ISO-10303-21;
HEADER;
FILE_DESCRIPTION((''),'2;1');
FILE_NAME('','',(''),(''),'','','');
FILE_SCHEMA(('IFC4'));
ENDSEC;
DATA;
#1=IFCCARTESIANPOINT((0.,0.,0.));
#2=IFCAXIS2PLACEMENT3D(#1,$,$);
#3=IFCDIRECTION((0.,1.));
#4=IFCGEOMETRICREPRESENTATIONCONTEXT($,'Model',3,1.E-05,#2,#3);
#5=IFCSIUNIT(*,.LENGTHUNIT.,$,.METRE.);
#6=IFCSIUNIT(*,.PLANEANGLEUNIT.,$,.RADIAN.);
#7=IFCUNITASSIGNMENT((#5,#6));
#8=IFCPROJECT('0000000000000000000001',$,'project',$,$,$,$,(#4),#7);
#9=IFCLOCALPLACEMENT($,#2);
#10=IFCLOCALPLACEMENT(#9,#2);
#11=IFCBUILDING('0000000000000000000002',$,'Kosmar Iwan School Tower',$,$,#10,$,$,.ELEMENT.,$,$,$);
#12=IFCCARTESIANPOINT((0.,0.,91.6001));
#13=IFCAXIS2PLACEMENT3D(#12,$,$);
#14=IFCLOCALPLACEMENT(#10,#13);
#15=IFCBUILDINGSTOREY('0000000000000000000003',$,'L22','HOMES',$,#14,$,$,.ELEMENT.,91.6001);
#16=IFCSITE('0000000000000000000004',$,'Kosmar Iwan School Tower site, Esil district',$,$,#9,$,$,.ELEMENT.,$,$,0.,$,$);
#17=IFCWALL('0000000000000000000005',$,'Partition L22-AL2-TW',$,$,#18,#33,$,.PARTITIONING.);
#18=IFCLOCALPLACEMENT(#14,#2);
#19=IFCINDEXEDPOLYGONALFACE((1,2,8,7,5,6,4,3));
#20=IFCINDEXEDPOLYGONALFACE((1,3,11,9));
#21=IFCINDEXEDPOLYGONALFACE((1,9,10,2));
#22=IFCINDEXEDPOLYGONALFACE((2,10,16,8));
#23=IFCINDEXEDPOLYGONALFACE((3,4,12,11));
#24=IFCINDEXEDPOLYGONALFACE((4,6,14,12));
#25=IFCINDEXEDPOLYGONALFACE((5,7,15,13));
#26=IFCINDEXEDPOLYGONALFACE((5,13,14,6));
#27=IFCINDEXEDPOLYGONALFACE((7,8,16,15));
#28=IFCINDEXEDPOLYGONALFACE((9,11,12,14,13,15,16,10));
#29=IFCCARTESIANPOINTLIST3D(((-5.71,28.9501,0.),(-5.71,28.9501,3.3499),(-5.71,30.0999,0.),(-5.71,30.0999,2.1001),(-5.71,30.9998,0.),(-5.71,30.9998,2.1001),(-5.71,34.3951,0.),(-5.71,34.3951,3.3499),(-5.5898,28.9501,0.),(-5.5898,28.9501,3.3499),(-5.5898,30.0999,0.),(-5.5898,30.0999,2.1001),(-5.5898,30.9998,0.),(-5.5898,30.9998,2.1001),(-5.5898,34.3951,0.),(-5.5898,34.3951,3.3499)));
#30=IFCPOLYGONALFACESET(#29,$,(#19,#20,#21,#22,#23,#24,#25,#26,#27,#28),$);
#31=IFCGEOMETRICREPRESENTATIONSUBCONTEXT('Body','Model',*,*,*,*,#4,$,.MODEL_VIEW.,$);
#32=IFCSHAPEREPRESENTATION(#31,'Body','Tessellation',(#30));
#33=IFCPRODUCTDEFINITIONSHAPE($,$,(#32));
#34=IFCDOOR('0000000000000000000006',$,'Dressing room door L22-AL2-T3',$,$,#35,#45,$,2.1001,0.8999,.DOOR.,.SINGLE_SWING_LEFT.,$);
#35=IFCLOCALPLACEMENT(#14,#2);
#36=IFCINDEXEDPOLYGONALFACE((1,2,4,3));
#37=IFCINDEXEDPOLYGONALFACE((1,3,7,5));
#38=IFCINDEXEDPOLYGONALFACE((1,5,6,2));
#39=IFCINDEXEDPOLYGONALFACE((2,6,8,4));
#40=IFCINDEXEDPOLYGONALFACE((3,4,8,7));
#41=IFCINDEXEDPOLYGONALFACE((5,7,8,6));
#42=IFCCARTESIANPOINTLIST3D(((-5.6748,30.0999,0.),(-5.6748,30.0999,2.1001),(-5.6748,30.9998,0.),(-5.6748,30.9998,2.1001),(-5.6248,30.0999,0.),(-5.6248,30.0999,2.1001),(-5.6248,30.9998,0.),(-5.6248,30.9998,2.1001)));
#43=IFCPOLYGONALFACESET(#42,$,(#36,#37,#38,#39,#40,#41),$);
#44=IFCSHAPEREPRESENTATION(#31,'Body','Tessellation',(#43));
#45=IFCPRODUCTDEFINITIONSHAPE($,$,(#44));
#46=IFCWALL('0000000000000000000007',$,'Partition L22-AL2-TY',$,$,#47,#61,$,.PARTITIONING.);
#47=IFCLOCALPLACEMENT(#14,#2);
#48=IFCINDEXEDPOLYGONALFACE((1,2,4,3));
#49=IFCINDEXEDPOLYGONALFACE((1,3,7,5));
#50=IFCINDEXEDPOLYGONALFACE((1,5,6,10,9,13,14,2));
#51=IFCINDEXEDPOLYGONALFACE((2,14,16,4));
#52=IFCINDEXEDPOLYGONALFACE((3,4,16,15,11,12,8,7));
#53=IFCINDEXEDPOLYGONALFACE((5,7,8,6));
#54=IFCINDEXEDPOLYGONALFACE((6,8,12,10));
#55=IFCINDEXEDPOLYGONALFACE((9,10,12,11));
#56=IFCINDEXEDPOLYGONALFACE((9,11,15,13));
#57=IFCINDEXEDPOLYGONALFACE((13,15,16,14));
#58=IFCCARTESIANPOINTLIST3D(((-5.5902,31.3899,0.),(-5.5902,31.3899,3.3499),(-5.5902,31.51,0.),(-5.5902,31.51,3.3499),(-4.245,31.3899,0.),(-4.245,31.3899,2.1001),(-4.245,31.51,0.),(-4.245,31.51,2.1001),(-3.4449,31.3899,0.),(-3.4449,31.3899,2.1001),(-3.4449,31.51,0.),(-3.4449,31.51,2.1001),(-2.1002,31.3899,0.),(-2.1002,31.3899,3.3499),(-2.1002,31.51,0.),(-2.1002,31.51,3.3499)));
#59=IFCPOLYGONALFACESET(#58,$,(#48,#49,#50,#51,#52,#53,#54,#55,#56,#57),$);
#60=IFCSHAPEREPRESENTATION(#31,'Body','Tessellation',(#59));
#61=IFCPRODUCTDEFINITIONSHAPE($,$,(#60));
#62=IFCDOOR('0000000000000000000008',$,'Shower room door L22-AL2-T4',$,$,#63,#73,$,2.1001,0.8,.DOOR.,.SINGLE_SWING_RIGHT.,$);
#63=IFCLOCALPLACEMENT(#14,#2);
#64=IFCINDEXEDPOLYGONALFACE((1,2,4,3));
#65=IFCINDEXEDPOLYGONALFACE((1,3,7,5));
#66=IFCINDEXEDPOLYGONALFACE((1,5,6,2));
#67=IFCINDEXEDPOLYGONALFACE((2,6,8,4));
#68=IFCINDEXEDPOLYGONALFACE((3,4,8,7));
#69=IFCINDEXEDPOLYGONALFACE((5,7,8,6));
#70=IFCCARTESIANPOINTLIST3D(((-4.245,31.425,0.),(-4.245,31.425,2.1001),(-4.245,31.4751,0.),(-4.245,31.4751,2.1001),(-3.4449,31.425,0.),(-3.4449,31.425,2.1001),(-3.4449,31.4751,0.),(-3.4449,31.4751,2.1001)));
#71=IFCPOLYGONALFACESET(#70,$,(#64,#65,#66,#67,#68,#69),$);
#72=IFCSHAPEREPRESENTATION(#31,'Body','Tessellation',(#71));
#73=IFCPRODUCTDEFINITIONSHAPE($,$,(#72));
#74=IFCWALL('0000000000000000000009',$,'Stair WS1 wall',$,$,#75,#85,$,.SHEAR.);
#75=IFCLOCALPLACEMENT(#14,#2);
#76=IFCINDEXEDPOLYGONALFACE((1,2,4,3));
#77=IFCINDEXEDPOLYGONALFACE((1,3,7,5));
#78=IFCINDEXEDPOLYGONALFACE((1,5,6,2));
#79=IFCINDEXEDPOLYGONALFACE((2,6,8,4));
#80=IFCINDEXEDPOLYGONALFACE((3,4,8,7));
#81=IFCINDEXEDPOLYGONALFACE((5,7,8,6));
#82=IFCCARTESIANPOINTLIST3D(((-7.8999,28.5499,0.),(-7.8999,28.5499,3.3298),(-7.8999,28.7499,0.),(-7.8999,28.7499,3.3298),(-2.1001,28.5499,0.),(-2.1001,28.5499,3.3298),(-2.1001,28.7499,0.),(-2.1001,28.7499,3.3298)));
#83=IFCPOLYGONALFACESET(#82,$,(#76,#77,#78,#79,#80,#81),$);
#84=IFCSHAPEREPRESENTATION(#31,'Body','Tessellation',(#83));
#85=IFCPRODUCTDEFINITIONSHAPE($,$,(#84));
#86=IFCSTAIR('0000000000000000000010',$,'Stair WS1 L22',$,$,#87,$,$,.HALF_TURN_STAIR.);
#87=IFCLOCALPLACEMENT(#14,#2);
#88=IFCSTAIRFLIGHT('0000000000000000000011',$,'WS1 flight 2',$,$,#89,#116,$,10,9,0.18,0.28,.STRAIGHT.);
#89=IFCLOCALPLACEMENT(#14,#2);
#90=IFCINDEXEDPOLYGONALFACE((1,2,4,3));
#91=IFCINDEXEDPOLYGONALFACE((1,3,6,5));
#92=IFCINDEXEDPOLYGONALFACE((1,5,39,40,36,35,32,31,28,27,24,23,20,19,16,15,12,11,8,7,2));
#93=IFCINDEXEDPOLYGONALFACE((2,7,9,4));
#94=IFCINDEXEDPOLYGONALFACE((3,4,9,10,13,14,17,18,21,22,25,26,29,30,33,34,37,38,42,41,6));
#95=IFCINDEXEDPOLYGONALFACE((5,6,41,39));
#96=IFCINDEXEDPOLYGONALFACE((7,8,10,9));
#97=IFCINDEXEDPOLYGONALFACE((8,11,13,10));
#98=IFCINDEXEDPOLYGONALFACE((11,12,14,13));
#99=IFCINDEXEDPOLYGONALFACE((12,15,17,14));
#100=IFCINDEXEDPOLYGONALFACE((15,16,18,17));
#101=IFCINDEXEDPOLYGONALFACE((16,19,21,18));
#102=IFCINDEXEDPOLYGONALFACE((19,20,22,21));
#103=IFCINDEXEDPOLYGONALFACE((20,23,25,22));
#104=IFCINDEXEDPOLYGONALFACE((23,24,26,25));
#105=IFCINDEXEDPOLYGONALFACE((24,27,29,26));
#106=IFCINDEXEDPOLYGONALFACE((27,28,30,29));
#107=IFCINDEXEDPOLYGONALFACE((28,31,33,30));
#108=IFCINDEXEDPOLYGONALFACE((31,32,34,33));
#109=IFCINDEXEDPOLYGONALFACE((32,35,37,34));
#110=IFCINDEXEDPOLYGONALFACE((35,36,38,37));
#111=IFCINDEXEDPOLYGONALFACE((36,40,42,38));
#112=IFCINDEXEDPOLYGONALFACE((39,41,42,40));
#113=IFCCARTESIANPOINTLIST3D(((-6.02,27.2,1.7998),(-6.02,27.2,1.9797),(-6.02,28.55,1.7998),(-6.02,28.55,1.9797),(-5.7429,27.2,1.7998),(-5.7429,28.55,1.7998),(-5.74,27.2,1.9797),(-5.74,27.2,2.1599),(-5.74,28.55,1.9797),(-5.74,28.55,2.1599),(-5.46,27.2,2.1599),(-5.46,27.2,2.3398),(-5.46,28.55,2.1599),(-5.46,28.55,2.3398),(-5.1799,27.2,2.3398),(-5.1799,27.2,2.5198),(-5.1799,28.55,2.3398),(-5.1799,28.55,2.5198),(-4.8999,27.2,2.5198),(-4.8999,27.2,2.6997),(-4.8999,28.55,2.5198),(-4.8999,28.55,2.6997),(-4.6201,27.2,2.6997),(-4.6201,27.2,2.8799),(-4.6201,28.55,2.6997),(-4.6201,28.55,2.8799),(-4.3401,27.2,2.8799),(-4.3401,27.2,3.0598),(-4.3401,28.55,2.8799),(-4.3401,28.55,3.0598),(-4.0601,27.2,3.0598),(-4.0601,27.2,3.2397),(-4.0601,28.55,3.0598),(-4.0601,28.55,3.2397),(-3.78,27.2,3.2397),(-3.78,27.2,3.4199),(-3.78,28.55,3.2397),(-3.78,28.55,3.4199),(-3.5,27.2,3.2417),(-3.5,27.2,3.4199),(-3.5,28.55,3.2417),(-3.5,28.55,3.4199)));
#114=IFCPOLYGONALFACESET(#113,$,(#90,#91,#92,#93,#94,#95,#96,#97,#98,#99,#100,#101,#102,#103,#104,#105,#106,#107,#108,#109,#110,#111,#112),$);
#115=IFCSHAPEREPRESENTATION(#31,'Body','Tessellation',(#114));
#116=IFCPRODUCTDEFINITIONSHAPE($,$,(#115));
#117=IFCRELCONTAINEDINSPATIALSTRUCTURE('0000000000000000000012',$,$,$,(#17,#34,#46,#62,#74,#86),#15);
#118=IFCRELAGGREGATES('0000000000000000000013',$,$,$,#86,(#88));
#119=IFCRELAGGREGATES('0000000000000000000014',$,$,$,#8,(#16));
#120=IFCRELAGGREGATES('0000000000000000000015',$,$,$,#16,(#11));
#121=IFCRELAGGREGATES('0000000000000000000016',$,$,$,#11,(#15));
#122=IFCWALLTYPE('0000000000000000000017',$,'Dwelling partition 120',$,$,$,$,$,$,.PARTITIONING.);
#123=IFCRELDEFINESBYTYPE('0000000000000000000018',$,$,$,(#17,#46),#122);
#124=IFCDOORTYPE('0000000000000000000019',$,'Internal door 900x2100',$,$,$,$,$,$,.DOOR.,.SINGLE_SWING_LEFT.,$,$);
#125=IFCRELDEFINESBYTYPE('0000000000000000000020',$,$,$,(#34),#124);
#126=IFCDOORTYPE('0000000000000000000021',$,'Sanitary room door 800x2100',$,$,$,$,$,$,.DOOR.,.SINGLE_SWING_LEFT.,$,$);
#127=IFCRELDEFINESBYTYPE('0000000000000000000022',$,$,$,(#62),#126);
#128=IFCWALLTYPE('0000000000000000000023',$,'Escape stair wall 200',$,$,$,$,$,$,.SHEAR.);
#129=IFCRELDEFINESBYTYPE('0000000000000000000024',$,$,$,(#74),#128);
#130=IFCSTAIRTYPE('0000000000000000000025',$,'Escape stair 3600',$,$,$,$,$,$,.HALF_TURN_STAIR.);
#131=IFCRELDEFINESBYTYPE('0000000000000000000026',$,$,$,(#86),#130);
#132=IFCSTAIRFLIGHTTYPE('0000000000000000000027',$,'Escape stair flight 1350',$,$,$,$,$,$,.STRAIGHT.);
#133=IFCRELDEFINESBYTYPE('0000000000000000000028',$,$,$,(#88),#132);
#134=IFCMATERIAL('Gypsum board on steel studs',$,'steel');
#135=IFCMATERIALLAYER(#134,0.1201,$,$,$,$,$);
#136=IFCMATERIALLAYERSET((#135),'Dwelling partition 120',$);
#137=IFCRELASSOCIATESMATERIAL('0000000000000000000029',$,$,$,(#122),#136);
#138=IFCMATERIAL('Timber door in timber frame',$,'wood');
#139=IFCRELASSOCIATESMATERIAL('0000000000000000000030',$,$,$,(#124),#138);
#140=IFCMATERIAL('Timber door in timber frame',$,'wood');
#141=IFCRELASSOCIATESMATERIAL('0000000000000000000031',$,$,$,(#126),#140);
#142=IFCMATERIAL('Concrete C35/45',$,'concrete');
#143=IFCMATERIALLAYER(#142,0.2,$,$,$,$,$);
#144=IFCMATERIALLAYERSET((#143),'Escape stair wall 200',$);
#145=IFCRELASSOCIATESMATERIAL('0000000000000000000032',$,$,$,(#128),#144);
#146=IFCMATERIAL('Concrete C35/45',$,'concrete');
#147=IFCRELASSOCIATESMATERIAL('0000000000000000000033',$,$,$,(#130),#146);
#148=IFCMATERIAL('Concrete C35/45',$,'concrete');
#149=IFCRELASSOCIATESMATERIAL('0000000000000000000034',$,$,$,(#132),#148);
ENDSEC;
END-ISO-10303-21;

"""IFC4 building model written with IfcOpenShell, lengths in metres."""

from ifc_helpers import new_model, si_unit, direction, frame, frame_2d, origin, place, context, subcontext, project, spatial, polyline, rectangle, outline, extrude, material, layer, layer_set, type_object, element, fill, aggregate, save


model = new_model("IFC4")

# Units and contexts
model_context = context("Model", 3, precision=1e-05, world=origin(), true_north=direction((0.0, 1.0)))
body_context = subcontext(model_context, "Body", "Model", "MODEL_VIEW")
ifc_project = project(units=[si_unit("LENGTHUNIT", "METRE"), si_unit("PLANEANGLEUNIT", "RADIAN")], contexts=[model_context])

# Site, building, storey
site_placement = place(None, origin())
site = spatial("IfcSite", under=ifc_project, at=site_placement, Name="Kosmar Iwan School Tower site, Esil district", CompositionType="ELEMENT", RefElevation=0.0)
building_placement = place(site_placement, origin())
building = spatial("IfcBuilding", under=site, at=building_placement, Name="Kosmar Iwan School Tower", CompositionType="ELEMENT")
storey_placement = place(building_placement, frame((0.0, 0.0, 91.6001)))
storey = spatial("IfcBuildingStorey", under=building, at=storey_placement, Name="L22", Description="HOMES", CompositionType="ELEMENT", Elevation=91.6001)

# Walls, openings, doors
ifc_material_1 = material(Name="Gypsum board on steel studs", Category="steel")
ifc_layer_1 = layer(ifc_material_1, 0.1201)
ifc_layer_set_1 = layer_set([ifc_layer_1], Name="Dwelling partition 120")
wall_type_1 = type_object("IfcWallType", Name="Dwelling partition 120", PredefinedType="PARTITIONING", material=ifc_layer_set_1)
ifc_material_2 = material(Name="Timber door in timber frame", Category="wood")
door_type_1 = type_object("IfcDoorType", Name="Internal door 900x2100", OperationType="SINGLE_SWING_LEFT", PredefinedType="DOOR", material=ifc_material_2)
wall_1_placement = place(storey_placement, frame((-5.6499, 28.95, 0.0), z_axis=(0.0, 0.0, 1.0), x_axis=(0.0, 1.0, 0.0)))
wall_1 = element("IfcWall", 1, at=wall_1_placement, inside=storey, type_object=wall_type_1, Name="Partition L22-AL2-TW", PredefinedType="PARTITIONING", context=body_context, shape_type="SweptSolid", body=[
    extrude(rectangle(XDim=5.4451, YDim=0.1201, at=frame_2d((2.7227, 0.0))), origin(), (0.0, 0.0, 1.0), 3.3499),
])
opening_1_placement = place(wall_1_placement, frame((1.1499, 0.0, 0.0)))
opening_1 = element("IfcOpeningElement", 2, at=opening_1_placement, cuts=wall_1, PredefinedType="OPENING", context=body_context, shape_type="SweptSolid", body=[
    extrude(rectangle(XDim=0.8999, YDim=2.1001, at=frame_2d((0.45, 1.05))), frame((0.0, 0.072, 0.0), z_axis=(0.0, -1.0, 0.0), x_axis=(1.0, 0.0, 0.0)), (0.0, 0.0, 1.0), 0.144),
])
door_1_placement = place(opening_1_placement, origin())
door_1 = element("IfcDoor", 3, at=door_1_placement, inside=storey, type_object=door_type_1, Name="Dressing room door L22-AL2-T3", OperationType="SINGLE_SWING_LEFT", OverallHeight=2.1001, OverallWidth=0.8999, PredefinedType="DOOR", context=body_context, shape_type="SweptSolid", body=[
    extrude(rectangle(XDim=0.8999, YDim=2.1001, at=frame_2d((0.45, 1.05))), frame((0.0, 0.0249, 0.0), z_axis=(0.0, -1.0, 0.0), x_axis=(1.0, 0.0, 0.0)), (0.0, 0.0, 1.0), 0.05),
])
fill(opening_1, door_1)
wall_2_placement = place(storey_placement, frame((-2.1001, 31.45, 0.0), z_axis=(0.0, 0.0, 1.0), x_axis=(-1.0, 0.0, 0.0)))
wall_2 = element("IfcWall", 4, at=wall_2_placement, inside=storey, type_object=wall_type_1, Name="Partition L22-AL2-TY", PredefinedType="PARTITIONING", context=body_context, shape_type="SweptSolid", body=[
    extrude(rectangle(XDim=3.49, YDim=0.1201, at=frame_2d((1.7451, 0.0))), origin(), (0.0, 0.0, 1.0), 3.3499),
])
opening_2_placement = place(wall_2_placement, frame((1.345, 0.0, 0.0)))
opening_2 = element("IfcOpeningElement", 5, at=opening_2_placement, cuts=wall_2, PredefinedType="OPENING", context=body_context, shape_type="SweptSolid", body=[
    extrude(rectangle(XDim=0.8, YDim=2.1001, at=frame_2d((0.3999, 1.05))), frame((0.0, 0.072, 0.0), z_axis=(0.0, -1.0, 0.0), x_axis=(1.0, 0.0, 0.0)), (0.0, 0.0, 1.0), 0.144),
])
ifc_material_3 = material(Name="Timber door in timber frame", Category="wood")
door_type_2 = type_object("IfcDoorType", Name="Sanitary room door 800x2100", OperationType="SINGLE_SWING_LEFT", PredefinedType="DOOR", material=ifc_material_3)
door_2_placement = place(opening_2_placement, origin())
door_2 = element("IfcDoor", 6, at=door_2_placement, inside=storey, type_object=door_type_2, Name="Shower room door L22-AL2-T4", OperationType="SINGLE_SWING_RIGHT", OverallHeight=2.1001, OverallWidth=0.8, PredefinedType="DOOR", context=body_context, shape_type="SweptSolid", body=[
    extrude(rectangle(XDim=0.8, YDim=2.1001, at=frame_2d((0.3999, 1.05))), frame((0.0, 0.0249, 0.0), z_axis=(0.0, -1.0, 0.0), x_axis=(1.0, 0.0, 0.0)), (0.0, 0.0, 1.0), 0.05),
])
fill(opening_2, door_2)

# Wall
ifc_material_4 = material(Name="Concrete C35/45", Category="concrete")
ifc_layer_2 = layer(ifc_material_4, 0.2)
ifc_layer_set_2 = layer_set([ifc_layer_2], Name="Escape stair wall 200")
wall_type_2 = type_object("IfcWallType", Name="Escape stair wall 200", PredefinedType="SHEAR", material=ifc_layer_set_2)
wall_3_placement = place(storey_placement, frame((-2.1001, 28.6499, 0.0), z_axis=(0.0, 0.0, 1.0), x_axis=(-1.0, 0.0, 0.0)))
element("IfcWall", 7, at=wall_3_placement, inside=storey, type_object=wall_type_2, Name="Stair WS1 wall", PredefinedType="SHEAR", context=body_context, shape_type="SweptSolid", body=[
    extrude(rectangle(XDim=5.7998, YDim=0.2, at=frame_2d((2.8999, 0.0))), origin(), (0.0, 0.0, 1.0), 3.3298),
])

# Stair, stair flight
ifc_material_5 = material(Name="Concrete C35/45", Category="concrete")
stair_type = type_object("IfcStairType", Name="Escape stair 3600", PredefinedType="HALF_TURN_STAIR", material=ifc_material_5)
stair_placement = place(storey_placement, origin())
stair = element("IfcStair", 8, at=stair_placement, inside=storey, type_object=stair_type, Name="Stair WS1 L22", PredefinedType="HALF_TURN_STAIR")
ifc_material_6 = material(Name="Concrete C35/45", Category="concrete")
stair_flight_type = type_object("IfcStairFlightType", Name="Escape stair flight 1350", PredefinedType="STRAIGHT", material=ifc_material_6)
stair_flight_placement = place(storey_placement, frame((-6.02, 27.875, 1.7998), z_axis=(0.0, 0.0, 1.0), x_axis=(1.0, 0.0, 0.0)))
stair_flight = element("IfcStairFlight", 9, at=stair_flight_placement, type_object=stair_flight_type, Name="WS1 flight 2", NumberOfRisers=10, NumberOfTreads=9, PredefinedType="STRAIGHT", RiserHeight=0.18, TreadLength=0.28, context=body_context, shape_type="SweptSolid", body=[
    extrude(outline(polyline([(0.0, 0.0), (0.0, 0.1799), (0.28, 0.1799), (0.28, 0.3601), (0.5601, 0.3601), (0.5601, 0.54), (0.8401, 0.54), (0.8401, 0.72), (1.1201, 0.72), (1.1201, 0.8999), (1.3999, 0.8999), (1.3999, 1.0801), (1.6799, 1.0801), (1.6799, 1.26), (1.96, 1.26), (1.96, 1.4399), (2.24, 1.4399), (2.24, 1.6201), (2.52, 1.6201), (2.52, 1.8), (2.52, 1.4419), (0.2771, 0.0), (0.0, 0.0)])), frame((0.0, 0.675, 0.0), z_axis=(0.0, -1.0, 0.0), x_axis=(1.0, 0.0, 0.0)), (0.0, 0.0, 1.0), 1.3501),
])
aggregate(stair, [stair_flight])

save(model, "model.ifc")
